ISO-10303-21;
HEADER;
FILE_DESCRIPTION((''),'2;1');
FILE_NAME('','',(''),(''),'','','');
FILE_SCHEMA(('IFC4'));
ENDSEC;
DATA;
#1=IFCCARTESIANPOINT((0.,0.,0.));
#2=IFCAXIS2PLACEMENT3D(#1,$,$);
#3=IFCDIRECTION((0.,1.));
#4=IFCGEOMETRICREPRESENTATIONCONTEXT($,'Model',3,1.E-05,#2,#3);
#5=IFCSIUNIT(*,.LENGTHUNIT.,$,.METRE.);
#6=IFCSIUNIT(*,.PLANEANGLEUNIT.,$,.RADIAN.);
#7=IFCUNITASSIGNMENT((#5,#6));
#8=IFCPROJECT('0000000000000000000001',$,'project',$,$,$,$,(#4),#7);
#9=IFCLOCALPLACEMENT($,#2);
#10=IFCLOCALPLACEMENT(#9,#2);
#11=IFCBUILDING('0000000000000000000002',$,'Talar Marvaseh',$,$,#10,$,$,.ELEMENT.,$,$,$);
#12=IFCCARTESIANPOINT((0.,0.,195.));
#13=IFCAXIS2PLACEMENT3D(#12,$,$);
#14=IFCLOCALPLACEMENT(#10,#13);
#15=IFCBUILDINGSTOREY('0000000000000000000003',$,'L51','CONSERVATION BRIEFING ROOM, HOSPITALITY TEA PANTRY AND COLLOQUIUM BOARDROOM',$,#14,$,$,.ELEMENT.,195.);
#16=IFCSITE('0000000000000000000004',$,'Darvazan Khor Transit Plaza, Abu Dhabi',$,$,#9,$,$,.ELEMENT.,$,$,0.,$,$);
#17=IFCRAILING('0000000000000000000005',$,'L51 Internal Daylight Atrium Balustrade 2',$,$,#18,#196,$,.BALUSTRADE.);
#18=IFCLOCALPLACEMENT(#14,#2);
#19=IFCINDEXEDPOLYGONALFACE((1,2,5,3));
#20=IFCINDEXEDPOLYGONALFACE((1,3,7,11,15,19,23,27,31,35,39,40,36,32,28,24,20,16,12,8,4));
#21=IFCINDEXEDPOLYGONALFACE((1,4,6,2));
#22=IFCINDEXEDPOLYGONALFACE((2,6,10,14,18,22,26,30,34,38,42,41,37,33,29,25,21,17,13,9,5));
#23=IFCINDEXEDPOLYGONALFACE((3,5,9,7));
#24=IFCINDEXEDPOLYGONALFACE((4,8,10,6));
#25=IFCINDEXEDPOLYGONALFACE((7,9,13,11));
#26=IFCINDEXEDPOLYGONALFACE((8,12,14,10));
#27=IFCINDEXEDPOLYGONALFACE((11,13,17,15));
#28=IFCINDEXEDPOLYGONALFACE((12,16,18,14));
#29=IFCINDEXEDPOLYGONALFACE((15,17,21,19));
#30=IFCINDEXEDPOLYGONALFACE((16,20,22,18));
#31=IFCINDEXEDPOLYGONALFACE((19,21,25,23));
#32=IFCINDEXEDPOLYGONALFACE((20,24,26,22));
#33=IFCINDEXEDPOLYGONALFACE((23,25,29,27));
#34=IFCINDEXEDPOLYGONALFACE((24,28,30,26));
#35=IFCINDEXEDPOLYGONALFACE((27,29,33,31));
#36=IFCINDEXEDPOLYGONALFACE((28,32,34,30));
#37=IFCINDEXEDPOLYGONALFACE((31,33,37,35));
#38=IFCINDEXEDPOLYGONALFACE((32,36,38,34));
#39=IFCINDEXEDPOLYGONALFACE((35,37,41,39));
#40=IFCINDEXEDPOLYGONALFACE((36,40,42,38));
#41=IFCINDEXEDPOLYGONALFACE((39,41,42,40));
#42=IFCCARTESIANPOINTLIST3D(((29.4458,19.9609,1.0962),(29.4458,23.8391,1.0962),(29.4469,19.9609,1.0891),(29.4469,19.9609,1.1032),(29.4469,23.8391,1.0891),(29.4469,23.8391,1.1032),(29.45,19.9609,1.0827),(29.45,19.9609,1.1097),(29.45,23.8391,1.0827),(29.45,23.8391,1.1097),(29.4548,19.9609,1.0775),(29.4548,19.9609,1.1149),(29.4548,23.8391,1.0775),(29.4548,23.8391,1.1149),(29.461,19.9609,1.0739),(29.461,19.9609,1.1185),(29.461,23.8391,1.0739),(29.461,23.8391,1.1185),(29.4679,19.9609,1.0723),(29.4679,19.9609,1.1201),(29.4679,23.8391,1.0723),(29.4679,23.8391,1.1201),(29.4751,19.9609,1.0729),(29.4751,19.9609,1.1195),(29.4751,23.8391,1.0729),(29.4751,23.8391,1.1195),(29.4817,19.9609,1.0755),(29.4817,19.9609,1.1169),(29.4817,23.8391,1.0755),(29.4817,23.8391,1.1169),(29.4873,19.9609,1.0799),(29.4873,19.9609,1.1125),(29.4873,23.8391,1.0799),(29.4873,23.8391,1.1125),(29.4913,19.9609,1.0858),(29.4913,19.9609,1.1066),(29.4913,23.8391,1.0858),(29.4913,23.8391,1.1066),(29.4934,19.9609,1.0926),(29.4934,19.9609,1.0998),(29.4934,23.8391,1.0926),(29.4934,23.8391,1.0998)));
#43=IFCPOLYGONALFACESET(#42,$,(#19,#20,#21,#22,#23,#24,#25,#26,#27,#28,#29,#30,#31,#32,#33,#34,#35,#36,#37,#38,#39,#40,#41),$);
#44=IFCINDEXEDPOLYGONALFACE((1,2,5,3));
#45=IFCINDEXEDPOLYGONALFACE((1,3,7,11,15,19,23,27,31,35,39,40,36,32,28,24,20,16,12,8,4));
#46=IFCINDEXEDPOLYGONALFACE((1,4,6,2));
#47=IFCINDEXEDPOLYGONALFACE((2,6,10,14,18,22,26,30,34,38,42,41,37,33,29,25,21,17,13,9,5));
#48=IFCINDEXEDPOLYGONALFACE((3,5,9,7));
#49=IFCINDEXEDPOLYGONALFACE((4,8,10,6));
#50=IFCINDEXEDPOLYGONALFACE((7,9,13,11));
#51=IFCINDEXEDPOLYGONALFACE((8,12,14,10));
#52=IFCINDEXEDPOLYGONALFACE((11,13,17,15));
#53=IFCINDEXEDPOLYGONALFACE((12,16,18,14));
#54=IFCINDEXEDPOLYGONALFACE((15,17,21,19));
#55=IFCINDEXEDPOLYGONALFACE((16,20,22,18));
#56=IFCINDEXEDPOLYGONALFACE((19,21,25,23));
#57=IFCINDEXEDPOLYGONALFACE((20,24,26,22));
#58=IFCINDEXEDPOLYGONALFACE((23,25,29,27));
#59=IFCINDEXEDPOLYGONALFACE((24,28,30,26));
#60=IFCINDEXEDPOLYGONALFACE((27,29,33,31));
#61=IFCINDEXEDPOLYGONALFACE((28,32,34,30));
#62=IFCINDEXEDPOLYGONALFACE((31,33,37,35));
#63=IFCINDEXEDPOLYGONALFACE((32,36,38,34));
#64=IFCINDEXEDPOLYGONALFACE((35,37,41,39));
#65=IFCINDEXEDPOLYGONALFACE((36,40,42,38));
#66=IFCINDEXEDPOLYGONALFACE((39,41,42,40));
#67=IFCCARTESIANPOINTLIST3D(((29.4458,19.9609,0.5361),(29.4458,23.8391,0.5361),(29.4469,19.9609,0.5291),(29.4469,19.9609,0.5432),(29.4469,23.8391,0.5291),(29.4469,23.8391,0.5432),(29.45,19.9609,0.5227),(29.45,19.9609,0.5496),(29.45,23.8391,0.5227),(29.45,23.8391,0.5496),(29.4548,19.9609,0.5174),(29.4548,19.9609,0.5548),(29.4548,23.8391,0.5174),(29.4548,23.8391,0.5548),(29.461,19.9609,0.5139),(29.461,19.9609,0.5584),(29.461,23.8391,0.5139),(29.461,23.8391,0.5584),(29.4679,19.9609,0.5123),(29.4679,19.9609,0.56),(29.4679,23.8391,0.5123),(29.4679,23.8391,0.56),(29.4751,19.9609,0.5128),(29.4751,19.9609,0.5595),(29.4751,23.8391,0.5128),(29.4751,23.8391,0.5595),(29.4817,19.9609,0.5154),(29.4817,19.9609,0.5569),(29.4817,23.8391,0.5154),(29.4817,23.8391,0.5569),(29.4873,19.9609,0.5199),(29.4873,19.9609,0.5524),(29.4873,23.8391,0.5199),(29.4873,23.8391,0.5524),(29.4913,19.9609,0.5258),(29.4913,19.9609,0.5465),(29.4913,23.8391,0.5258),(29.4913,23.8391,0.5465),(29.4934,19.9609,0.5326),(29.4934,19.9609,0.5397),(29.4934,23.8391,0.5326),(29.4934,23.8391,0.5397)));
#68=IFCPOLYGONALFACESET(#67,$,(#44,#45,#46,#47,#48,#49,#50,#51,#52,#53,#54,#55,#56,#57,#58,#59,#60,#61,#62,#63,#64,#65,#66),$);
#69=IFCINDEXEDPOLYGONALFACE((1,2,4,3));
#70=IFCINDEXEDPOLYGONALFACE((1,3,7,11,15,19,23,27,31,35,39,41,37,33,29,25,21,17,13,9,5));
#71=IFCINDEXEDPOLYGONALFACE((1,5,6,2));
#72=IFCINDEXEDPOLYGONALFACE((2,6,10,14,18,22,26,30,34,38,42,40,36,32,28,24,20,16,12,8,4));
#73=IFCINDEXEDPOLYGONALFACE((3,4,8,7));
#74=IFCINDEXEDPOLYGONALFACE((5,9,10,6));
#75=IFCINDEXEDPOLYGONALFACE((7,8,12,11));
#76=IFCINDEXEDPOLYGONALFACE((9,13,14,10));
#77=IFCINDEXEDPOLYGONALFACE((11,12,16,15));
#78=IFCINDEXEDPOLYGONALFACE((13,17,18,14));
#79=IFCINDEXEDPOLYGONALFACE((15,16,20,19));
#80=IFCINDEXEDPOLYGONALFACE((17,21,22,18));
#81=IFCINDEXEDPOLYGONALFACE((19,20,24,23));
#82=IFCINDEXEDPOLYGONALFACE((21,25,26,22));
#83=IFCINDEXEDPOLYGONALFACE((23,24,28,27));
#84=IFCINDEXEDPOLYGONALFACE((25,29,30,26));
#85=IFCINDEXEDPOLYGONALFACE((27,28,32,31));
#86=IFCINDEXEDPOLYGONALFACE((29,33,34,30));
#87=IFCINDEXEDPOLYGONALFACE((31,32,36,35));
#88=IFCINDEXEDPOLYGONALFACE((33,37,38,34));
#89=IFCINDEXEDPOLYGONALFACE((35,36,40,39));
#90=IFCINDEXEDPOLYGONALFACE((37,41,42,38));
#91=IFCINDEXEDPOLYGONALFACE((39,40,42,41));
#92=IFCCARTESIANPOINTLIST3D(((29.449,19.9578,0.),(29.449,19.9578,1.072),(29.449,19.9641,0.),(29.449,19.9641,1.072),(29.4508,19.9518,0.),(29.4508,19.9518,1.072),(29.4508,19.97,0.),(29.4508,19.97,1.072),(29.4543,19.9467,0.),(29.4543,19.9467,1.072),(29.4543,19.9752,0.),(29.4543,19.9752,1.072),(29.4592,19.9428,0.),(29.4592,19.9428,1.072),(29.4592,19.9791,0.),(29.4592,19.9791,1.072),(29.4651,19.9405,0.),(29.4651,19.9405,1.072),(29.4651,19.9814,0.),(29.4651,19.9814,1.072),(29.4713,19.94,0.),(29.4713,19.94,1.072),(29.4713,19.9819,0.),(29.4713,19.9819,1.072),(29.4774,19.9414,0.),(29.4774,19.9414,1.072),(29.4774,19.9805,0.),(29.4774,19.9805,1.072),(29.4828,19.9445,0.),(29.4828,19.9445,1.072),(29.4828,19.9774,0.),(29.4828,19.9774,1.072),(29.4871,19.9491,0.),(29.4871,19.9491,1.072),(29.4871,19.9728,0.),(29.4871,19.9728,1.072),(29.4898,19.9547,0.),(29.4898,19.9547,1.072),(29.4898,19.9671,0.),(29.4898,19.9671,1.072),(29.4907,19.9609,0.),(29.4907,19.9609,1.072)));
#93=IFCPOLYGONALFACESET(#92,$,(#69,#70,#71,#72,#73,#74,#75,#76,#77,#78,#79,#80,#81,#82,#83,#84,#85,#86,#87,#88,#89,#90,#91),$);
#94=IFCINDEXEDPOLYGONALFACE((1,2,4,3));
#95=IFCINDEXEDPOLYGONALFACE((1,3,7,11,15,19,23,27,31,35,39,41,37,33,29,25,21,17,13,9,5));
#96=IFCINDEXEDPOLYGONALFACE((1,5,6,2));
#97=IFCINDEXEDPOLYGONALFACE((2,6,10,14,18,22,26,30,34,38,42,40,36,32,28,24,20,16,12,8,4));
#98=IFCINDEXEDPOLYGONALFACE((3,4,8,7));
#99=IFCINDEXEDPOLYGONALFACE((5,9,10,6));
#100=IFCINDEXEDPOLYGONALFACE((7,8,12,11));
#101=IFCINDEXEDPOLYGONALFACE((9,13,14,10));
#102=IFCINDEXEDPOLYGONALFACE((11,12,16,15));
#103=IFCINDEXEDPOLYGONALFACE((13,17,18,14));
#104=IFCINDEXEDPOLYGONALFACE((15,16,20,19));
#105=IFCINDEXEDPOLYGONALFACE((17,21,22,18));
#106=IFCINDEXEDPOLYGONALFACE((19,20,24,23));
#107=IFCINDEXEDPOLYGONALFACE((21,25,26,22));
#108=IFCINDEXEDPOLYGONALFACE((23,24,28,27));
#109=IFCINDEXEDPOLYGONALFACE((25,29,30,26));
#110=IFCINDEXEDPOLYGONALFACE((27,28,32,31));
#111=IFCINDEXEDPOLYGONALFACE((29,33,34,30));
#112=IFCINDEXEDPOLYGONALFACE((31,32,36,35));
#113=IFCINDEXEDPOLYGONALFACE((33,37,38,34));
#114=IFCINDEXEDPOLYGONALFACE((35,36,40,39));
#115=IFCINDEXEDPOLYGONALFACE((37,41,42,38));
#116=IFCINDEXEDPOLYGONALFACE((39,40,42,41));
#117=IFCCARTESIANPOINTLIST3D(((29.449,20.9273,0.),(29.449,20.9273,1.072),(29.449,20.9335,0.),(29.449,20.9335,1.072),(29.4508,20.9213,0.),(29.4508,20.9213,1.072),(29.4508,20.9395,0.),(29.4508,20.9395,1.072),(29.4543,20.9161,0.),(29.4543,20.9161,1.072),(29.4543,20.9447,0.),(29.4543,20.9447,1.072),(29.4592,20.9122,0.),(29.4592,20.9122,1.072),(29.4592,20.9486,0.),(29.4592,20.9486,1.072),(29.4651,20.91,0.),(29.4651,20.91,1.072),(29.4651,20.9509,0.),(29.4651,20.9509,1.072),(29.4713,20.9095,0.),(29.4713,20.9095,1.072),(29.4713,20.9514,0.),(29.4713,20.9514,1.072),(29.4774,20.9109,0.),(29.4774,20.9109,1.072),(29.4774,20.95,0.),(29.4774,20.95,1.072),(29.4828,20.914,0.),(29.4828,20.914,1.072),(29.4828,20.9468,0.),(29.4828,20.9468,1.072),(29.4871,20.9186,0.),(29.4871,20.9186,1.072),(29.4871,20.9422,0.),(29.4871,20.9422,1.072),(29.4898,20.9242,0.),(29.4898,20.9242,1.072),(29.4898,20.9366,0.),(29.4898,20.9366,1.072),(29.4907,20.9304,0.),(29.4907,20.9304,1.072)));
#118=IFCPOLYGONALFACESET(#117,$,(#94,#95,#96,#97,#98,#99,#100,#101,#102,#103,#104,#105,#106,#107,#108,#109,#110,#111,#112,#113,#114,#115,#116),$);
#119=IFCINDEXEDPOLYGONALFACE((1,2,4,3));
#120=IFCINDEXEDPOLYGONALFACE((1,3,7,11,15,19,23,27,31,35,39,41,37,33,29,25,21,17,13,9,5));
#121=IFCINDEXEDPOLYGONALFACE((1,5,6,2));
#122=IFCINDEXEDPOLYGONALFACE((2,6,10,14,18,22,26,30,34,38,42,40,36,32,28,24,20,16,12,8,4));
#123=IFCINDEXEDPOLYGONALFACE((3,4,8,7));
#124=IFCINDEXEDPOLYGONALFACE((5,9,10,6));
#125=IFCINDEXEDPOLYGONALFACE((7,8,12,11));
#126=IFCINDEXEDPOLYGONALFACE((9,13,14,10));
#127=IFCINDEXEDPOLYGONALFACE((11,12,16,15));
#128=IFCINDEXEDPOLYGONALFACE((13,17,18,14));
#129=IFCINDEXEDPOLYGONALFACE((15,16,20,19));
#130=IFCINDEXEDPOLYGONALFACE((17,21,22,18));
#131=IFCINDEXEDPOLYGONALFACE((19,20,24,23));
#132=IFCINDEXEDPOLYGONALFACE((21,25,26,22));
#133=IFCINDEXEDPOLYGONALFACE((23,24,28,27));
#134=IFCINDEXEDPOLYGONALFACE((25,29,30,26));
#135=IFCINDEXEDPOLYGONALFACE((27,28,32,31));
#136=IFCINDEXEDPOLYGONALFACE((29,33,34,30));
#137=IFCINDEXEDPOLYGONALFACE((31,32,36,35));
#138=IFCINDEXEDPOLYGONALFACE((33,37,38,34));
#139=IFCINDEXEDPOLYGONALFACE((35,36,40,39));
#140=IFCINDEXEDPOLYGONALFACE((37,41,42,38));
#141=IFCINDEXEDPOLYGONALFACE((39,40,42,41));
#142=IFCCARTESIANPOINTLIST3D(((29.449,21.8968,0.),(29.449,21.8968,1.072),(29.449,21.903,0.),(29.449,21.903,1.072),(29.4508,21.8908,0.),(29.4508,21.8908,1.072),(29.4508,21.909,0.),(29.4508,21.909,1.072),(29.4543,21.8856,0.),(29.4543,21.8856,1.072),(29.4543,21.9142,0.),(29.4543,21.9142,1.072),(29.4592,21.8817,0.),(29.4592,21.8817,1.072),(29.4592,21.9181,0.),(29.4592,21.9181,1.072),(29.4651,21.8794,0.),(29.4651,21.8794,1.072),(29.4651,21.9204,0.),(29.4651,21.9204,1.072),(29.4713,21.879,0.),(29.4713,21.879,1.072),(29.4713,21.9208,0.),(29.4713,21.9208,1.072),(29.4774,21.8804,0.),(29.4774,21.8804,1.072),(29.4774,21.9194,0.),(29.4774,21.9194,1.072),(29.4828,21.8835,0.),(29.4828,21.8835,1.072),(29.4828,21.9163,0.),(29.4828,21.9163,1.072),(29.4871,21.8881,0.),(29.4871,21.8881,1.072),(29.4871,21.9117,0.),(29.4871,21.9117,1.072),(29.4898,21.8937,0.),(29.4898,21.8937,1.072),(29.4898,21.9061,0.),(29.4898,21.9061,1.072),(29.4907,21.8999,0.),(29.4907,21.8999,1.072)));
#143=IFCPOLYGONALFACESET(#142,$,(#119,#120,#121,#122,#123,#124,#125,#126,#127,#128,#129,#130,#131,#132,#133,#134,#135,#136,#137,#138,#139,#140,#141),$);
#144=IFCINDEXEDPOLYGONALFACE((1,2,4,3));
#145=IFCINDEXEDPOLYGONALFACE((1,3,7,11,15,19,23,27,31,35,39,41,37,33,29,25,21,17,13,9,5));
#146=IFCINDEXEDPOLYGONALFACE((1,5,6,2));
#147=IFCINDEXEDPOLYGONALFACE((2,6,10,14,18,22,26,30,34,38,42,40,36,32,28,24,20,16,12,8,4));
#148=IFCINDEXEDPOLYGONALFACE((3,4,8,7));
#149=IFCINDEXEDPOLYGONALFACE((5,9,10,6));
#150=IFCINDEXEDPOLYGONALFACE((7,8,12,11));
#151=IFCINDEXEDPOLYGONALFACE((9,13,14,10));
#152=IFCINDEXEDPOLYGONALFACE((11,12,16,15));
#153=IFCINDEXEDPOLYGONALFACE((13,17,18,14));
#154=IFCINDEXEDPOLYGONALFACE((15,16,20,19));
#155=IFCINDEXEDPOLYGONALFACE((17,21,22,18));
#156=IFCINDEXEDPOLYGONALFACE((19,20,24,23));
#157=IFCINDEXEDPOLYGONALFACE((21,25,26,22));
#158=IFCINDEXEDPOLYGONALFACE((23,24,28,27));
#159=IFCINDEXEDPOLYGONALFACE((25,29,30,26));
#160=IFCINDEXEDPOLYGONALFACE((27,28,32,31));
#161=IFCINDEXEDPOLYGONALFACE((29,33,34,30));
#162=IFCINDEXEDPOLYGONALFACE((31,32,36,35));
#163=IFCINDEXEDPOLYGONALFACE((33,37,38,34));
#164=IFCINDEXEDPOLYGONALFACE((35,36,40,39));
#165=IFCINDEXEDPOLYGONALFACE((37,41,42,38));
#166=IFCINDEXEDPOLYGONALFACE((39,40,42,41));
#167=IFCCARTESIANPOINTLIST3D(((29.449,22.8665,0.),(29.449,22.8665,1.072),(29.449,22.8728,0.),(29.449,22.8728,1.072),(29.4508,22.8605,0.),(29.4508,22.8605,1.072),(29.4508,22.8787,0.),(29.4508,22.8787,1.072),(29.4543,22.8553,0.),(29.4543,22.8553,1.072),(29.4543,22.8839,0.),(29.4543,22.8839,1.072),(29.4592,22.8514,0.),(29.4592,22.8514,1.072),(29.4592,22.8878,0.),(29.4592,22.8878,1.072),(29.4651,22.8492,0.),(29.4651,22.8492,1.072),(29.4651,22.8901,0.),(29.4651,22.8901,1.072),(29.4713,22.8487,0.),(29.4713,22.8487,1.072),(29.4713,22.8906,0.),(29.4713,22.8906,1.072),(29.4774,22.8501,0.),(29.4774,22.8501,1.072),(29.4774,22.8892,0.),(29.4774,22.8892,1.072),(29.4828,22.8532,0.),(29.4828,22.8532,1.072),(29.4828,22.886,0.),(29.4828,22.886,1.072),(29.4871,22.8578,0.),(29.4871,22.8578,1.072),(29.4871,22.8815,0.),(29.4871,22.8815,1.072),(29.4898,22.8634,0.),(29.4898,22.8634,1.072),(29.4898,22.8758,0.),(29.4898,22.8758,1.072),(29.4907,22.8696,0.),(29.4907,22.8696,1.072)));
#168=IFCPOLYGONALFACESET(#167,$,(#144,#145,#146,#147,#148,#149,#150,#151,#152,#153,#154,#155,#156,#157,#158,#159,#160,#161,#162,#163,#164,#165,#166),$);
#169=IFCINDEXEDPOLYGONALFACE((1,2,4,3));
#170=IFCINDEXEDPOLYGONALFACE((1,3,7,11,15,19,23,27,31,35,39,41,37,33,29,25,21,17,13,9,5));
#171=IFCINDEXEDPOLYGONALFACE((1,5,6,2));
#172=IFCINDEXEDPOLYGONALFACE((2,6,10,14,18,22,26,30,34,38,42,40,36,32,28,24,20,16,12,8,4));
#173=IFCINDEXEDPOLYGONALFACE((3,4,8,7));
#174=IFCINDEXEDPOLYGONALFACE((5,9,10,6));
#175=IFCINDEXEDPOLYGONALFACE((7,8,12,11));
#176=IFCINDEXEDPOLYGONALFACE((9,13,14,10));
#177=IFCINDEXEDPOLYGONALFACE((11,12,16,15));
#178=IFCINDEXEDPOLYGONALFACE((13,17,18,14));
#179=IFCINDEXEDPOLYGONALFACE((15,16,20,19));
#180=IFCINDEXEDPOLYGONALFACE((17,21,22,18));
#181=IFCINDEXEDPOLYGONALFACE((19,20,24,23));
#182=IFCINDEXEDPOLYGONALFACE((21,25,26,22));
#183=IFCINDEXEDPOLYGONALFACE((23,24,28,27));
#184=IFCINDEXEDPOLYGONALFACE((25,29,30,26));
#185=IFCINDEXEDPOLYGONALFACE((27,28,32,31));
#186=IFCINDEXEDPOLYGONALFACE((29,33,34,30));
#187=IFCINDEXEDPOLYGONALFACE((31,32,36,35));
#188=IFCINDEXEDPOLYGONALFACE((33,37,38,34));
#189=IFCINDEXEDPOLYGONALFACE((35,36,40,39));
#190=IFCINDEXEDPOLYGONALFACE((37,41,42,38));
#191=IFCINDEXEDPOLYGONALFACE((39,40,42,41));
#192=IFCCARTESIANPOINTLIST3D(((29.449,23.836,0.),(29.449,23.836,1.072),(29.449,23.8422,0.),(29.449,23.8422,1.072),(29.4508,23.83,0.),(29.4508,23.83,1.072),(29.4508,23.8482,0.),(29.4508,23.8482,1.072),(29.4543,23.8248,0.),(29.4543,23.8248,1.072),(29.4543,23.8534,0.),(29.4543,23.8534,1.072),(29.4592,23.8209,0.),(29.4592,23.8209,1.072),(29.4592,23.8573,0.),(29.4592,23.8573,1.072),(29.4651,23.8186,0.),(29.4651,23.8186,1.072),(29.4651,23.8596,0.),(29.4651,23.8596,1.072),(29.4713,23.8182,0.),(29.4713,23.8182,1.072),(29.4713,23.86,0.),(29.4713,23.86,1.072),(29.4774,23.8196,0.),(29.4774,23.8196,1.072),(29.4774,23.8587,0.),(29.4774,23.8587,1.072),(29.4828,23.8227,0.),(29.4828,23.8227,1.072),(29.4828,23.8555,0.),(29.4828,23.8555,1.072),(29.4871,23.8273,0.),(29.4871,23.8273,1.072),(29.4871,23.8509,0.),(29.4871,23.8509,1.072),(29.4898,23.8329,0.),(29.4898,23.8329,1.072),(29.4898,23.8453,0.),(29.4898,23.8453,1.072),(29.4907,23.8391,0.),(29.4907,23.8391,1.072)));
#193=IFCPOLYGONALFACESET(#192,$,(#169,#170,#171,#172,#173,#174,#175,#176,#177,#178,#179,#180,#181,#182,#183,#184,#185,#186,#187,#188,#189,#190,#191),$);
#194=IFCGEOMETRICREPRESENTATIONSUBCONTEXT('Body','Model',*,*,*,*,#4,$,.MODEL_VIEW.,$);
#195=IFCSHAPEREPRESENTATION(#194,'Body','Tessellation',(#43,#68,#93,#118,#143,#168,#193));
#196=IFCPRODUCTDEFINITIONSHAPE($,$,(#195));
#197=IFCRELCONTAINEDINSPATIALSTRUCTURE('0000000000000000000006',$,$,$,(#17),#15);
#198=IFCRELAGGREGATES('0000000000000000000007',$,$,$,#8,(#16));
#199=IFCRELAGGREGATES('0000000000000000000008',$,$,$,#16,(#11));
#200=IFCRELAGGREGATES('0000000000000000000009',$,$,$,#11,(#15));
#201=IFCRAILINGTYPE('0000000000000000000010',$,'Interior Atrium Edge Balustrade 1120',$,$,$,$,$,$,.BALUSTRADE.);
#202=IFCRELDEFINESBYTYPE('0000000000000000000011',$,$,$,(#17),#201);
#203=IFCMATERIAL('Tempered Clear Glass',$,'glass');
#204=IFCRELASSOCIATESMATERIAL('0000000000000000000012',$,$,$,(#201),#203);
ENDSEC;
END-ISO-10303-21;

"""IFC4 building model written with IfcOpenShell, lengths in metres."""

from ifc_helpers import new_model, si_unit, direction, frame, origin, origin_2d, place, context, subcontext, project, spatial, circle, extrude, material, type_object, element, save


model = new_model("IFC4")

# Units and contexts
model_context = context("Model", 3, precision=1e-05, world=origin(), true_north=direction((0.0, 1.0)))
body_context = subcontext(model_context, "Body", "Model", "MODEL_VIEW")
ifc_project = project(units=[si_unit("LENGTHUNIT", "METRE"), si_unit("PLANEANGLEUNIT", "RADIAN")], contexts=[model_context])

# Site, building, storey
site_placement = place(None, origin())
site = spatial("IfcSite", under=ifc_project, at=site_placement, Name="Darvazan Khor Transit Plaza, Abu Dhabi", CompositionType="ELEMENT", RefElevation=0.0)
building_placement = place(site_placement, origin())
building = spatial("IfcBuilding", under=site, at=building_placement, Name="Talar Marvaseh", CompositionType="ELEMENT")
storey_placement = place(building_placement, frame((0.0, 0.0, 195.0)))
storey = spatial("IfcBuildingStorey", under=building, at=storey_placement, Name="L51", Description="CONSERVATION BRIEFING ROOM, HOSPITALITY TEA PANTRY AND COLLOQUIUM BOARDROOM", CompositionType="ELEMENT", Elevation=195.0)

# Railing
ifc_material_1 = material(Name="Tempered Clear Glass", Category="glass")
railing_type = type_object("IfcRailingType", Name="Interior Atrium Edge Balustrade 1120", PredefinedType="BALUSTRADE", material=ifc_material_1)
railing_1_placement = place(storey_placement, frame((29.4697, 19.9609, 0.0)))
element("IfcRailing", 1, at=railing_1_placement, inside=storey, type_object=railing_type, Name="L51 Internal Daylight Atrium Balustrade 2", PredefinedType="BALUSTRADE", context=body_context, shape_type="SweptSolid", body=[
    extrude(circle(Radius=0.0239, at=origin_2d()), frame((0.0, 0.0, 1.0962), z_axis=(0.0, 1.0, 0.0), x_axis=(-1.0, 0.0, 0.0)), (0.0, 0.0, 1.0), 3.8782),
    extrude(circle(Radius=0.0239, at=origin_2d()), frame((0.0, 0.0, 0.5361), z_axis=(0.0, 1.0, 0.0), x_axis=(-1.0, 0.0, 0.0)), (0.0, 0.0, 1.0), 3.8782),
    extrude(circle(Radius=0.021, at=origin_2d()), origin(), (0.0, 0.0, 1.0), 1.072),
    extrude(circle(Radius=0.021, at=origin_2d()), frame((0.0, 0.9695, 0.0)), (0.0, 0.0, 1.0), 1.072),
    extrude(circle(Radius=0.021, at=origin_2d()), frame((0.0, 1.939, 0.0)), (0.0, 0.0, 1.0), 1.072),
    extrude(circle(Radius=0.021, at=origin_2d()), frame((0.0, 2.9087, 0.0)), (0.0, 0.0, 1.0), 1.072),
    extrude(circle(Radius=0.021, at=origin_2d()), frame((0.0, 3.8782, 0.0)), (0.0, 0.0, 1.0), 1.072),
])

save(model, "model.ifc")
